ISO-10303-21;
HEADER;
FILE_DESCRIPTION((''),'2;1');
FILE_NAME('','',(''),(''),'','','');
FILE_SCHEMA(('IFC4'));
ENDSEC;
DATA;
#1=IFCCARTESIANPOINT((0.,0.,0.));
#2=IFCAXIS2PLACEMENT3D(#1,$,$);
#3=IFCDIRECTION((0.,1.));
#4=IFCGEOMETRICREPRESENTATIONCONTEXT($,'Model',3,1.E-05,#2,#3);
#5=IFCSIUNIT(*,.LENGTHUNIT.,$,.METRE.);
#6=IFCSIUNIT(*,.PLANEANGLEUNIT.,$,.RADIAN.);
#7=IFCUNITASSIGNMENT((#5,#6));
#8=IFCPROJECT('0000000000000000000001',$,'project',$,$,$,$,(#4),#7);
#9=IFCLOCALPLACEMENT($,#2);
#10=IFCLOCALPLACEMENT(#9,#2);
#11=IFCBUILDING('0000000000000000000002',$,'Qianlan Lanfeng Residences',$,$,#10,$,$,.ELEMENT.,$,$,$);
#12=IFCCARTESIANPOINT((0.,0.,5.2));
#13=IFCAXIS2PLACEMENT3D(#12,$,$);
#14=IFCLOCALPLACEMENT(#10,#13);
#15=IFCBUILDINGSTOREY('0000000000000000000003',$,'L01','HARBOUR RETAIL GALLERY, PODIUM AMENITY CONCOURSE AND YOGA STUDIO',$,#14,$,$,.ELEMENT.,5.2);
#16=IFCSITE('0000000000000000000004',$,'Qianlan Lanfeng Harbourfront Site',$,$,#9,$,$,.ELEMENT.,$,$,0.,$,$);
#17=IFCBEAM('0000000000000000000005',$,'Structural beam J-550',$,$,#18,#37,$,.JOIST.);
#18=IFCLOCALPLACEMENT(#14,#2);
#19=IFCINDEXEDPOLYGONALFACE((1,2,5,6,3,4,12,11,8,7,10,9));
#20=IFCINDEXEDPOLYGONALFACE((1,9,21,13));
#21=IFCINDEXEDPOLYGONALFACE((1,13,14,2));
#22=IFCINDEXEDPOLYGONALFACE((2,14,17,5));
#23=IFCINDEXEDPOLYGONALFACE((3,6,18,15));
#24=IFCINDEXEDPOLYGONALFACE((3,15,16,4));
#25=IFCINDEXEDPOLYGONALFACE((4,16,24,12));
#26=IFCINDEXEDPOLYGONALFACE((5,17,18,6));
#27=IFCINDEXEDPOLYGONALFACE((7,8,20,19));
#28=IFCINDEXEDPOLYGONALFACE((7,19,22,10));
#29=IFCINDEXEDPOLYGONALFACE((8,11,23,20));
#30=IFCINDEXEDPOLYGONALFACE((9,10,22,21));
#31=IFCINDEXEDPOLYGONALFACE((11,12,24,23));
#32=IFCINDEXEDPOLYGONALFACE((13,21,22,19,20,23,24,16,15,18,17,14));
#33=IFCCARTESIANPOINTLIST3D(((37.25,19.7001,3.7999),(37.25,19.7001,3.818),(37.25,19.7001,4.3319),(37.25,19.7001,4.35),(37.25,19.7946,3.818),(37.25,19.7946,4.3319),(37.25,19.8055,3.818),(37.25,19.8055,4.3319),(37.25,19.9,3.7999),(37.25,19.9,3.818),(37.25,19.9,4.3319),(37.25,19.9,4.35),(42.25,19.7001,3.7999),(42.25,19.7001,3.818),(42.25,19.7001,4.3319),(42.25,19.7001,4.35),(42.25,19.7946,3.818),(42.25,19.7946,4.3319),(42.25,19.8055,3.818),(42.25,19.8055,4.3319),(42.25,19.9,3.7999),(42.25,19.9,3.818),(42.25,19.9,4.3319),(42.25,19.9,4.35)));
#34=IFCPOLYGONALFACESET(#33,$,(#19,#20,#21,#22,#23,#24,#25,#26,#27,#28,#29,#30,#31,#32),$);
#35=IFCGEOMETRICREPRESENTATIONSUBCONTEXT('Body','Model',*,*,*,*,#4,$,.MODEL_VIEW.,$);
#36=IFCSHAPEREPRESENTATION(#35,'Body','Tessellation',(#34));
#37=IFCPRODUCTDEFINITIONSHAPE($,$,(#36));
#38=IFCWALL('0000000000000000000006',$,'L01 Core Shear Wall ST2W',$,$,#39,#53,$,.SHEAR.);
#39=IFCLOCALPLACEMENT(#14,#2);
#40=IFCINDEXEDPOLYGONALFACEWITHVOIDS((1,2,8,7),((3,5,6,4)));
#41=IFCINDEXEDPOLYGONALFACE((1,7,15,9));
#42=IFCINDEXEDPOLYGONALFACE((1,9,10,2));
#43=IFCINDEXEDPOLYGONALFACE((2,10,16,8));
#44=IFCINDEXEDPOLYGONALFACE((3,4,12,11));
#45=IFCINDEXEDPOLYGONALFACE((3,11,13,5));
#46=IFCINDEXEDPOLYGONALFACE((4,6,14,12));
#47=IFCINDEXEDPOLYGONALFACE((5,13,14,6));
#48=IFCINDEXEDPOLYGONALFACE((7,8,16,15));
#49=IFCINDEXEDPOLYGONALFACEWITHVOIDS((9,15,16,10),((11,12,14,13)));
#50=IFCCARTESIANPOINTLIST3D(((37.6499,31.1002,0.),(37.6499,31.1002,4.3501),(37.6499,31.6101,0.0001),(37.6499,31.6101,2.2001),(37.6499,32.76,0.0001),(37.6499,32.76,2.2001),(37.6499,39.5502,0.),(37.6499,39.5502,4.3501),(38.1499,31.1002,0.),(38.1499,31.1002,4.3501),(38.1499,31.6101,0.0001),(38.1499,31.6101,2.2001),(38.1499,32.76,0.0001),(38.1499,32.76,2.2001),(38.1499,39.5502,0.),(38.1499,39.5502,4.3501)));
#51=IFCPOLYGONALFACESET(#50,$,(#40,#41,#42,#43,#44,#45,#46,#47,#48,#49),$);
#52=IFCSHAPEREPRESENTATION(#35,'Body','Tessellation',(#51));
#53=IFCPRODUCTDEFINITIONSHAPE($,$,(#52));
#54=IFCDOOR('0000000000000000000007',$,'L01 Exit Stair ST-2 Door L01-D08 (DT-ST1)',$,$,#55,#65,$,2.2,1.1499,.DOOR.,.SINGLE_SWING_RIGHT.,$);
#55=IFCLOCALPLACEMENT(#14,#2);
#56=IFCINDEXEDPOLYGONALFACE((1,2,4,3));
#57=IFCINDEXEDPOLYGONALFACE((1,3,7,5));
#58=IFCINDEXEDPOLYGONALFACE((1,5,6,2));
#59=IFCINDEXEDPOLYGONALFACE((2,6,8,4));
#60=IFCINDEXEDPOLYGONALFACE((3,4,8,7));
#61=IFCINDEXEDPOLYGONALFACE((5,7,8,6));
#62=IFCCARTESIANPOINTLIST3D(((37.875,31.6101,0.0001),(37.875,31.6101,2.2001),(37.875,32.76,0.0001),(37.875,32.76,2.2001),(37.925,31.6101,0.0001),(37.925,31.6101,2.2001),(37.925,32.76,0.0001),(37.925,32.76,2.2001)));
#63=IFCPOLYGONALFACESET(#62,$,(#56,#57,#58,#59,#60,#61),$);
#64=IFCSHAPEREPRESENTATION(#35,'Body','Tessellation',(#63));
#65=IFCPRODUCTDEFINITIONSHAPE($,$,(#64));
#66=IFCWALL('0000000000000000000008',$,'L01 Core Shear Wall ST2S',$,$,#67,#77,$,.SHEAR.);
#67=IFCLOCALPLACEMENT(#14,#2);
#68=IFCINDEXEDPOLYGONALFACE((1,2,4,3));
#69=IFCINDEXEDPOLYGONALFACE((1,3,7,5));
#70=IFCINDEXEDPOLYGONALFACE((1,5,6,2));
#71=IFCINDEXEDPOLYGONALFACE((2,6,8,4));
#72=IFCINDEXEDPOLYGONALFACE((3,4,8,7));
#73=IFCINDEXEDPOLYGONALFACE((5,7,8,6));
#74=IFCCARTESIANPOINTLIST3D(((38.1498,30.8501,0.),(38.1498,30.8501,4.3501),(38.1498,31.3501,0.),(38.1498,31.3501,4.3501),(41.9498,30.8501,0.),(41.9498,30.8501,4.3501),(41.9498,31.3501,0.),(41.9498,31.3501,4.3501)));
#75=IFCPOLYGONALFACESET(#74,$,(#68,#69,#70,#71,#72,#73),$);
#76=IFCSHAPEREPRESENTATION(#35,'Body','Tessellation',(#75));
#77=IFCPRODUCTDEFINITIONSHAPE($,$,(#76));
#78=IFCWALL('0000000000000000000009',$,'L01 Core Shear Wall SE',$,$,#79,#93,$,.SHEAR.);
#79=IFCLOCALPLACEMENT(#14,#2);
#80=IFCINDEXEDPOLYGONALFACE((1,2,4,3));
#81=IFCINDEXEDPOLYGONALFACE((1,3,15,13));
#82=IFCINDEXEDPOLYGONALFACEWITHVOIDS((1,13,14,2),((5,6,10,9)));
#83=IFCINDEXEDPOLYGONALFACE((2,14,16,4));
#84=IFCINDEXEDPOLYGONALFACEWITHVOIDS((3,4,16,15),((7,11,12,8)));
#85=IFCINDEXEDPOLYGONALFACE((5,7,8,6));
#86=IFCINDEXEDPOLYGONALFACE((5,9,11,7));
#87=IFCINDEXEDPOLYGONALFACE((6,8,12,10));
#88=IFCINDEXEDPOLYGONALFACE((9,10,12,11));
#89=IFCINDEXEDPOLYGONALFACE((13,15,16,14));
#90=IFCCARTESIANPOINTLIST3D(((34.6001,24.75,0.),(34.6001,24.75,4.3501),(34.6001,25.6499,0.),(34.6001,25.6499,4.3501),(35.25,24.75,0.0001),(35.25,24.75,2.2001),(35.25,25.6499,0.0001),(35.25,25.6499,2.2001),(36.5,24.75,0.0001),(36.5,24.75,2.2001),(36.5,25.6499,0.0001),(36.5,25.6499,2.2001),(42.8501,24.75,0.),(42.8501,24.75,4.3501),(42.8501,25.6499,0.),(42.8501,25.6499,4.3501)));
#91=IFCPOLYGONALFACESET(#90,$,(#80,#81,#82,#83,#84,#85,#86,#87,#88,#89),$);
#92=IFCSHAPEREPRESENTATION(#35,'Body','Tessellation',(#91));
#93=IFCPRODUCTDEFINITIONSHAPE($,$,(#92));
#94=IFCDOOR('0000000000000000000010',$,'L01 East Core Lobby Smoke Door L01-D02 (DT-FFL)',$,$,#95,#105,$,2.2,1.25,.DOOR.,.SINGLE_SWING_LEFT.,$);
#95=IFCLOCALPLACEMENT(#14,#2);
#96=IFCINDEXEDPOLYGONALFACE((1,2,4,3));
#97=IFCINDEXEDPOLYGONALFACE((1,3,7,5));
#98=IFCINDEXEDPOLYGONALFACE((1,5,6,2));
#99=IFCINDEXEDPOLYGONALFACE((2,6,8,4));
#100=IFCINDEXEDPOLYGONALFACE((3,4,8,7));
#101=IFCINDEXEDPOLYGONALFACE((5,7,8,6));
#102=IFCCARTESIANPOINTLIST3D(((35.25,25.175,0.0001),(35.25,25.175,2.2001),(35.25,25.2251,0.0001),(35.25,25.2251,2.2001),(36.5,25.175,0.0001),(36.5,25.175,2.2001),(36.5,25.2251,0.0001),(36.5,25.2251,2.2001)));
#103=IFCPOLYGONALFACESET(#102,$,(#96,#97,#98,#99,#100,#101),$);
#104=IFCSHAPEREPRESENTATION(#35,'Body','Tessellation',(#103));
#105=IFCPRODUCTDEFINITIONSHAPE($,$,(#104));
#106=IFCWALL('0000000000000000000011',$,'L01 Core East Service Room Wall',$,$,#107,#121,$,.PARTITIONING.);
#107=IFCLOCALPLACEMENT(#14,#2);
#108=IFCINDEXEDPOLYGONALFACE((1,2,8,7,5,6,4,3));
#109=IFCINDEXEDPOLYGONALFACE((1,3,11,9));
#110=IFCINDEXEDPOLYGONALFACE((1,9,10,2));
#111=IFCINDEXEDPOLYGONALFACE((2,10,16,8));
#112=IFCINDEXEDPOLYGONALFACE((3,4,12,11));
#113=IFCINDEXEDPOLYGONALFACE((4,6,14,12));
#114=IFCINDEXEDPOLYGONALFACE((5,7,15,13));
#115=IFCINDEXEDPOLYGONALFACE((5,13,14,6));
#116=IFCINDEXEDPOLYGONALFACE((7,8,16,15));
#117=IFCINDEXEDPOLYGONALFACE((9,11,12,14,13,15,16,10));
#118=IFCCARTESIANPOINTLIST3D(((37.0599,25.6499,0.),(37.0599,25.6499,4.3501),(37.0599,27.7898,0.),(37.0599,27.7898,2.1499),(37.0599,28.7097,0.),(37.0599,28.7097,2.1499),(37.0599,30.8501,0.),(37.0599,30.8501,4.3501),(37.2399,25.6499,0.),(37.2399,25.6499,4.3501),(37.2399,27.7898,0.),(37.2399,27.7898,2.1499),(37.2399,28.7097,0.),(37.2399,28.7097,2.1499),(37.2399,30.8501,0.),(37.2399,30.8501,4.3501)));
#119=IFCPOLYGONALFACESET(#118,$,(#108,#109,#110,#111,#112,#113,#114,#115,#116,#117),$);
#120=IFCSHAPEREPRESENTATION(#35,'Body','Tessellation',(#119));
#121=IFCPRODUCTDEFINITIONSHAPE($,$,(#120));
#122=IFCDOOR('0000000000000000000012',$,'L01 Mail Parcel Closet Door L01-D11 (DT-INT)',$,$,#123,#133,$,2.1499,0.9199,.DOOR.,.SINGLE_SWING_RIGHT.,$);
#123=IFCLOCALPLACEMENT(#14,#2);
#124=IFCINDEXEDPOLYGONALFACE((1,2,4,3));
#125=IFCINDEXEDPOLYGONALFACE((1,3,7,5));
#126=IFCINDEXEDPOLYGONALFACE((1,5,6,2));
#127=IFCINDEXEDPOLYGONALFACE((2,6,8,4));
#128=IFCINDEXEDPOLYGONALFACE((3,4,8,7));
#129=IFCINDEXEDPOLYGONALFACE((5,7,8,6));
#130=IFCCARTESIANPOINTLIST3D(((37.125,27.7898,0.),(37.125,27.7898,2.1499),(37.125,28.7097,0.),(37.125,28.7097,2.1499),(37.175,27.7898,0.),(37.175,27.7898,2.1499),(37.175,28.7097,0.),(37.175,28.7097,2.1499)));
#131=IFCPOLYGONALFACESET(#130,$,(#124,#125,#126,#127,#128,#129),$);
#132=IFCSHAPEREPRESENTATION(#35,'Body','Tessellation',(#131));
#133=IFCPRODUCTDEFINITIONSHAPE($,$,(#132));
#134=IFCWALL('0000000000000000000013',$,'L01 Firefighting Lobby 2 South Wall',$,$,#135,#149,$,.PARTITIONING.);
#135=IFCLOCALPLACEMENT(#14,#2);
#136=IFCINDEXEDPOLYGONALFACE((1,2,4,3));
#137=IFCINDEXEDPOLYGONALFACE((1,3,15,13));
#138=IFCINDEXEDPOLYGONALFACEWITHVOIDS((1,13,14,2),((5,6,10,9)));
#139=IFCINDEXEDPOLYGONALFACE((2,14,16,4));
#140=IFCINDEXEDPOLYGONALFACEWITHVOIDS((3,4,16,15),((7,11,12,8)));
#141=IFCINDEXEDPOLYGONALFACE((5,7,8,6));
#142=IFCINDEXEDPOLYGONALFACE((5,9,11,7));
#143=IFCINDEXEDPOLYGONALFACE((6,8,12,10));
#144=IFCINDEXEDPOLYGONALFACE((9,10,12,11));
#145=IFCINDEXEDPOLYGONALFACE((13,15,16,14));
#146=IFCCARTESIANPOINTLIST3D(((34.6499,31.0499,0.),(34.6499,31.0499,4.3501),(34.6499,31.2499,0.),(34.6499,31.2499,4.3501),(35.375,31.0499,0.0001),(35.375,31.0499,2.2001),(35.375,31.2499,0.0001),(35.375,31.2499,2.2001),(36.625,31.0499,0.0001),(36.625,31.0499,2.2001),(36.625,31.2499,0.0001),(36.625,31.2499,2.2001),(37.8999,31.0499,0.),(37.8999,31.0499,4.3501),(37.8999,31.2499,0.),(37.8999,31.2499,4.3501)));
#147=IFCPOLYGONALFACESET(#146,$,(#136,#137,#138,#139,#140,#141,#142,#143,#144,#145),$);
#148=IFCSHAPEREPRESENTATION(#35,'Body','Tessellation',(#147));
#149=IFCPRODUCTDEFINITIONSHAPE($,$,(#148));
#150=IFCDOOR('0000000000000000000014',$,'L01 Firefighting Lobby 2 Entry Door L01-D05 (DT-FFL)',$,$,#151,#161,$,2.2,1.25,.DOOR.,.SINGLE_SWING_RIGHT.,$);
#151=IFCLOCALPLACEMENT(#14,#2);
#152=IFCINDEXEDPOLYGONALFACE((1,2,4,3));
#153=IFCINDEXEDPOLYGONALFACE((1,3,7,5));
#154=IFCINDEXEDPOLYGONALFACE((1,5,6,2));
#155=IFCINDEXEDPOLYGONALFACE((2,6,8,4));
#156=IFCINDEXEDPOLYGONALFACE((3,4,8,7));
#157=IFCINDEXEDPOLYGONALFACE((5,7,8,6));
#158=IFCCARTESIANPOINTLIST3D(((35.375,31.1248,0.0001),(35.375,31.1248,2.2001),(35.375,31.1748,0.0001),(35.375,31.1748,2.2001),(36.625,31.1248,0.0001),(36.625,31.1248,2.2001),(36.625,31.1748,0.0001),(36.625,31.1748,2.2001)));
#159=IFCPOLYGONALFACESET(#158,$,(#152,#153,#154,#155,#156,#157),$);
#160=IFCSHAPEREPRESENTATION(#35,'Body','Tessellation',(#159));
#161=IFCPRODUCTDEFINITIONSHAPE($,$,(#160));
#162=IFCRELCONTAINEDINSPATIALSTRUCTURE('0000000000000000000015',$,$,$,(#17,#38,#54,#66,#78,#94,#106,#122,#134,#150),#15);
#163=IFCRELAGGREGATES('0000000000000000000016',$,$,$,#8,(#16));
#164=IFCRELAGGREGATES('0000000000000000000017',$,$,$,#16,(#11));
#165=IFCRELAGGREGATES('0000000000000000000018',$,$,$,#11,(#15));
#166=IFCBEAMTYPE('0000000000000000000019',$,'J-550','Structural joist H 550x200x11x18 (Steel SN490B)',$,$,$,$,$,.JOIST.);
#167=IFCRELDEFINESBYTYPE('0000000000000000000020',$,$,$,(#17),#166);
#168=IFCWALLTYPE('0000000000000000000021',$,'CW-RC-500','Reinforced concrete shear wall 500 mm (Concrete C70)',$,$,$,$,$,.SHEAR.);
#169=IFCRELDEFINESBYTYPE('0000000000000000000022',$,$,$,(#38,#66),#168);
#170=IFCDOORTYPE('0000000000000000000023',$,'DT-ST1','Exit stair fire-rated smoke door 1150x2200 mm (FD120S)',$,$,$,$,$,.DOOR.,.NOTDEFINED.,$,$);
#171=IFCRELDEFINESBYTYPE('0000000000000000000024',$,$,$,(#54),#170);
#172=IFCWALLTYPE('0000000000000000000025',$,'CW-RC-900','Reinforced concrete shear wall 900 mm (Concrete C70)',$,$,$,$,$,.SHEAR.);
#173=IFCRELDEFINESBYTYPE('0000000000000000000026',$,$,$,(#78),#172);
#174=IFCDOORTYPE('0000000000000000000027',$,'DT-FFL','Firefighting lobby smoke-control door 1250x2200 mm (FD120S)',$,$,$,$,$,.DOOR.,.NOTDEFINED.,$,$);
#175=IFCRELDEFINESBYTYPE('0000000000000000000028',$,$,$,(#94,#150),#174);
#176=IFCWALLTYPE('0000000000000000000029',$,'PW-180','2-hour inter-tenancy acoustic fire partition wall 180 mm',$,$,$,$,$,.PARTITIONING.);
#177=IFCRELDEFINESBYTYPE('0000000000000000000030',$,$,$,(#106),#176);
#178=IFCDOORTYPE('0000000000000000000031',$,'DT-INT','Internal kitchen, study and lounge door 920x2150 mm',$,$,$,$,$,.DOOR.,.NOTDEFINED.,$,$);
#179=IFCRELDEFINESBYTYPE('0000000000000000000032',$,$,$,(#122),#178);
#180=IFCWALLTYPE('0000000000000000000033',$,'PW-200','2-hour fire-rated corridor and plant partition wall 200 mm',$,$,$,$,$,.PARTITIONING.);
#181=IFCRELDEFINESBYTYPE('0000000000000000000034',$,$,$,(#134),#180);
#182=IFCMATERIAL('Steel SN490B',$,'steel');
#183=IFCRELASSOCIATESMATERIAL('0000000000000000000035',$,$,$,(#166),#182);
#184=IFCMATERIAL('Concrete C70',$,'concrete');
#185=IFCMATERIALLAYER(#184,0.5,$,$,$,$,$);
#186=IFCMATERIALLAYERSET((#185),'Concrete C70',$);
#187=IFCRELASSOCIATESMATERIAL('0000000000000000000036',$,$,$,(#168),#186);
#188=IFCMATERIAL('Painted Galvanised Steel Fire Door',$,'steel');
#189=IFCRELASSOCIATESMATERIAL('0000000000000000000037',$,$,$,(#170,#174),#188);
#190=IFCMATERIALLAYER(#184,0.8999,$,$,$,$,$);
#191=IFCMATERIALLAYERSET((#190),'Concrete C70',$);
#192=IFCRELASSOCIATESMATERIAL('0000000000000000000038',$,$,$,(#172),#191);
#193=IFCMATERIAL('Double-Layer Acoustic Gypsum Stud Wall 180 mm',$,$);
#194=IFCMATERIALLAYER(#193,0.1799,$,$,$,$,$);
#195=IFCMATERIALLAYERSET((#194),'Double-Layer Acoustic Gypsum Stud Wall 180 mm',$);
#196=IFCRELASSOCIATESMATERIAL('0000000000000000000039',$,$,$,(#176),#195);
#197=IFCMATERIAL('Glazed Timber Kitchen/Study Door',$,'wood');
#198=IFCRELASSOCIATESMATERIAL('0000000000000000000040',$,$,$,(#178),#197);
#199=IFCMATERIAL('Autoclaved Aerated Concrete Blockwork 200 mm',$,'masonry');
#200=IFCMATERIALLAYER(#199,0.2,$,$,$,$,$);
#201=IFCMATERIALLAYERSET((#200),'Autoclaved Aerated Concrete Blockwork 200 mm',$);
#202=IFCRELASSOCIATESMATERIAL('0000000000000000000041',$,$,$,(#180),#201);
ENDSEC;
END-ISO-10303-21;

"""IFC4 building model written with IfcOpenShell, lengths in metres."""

from ifc_helpers import new_model, si_unit, direction, frame, frame_2d, origin, origin_2d, place, context, subcontext, project, spatial, rectangle, i_section, extrude, material, layer, layer_set, material_profile, profile_set, type_object, element, fill, save


model = new_model("IFC4")

# Units and contexts
model_context = context("Model", 3, precision=1e-05, world=origin(), true_north=direction((0.0, 1.0)))
body_context = subcontext(model_context, "Body", "Model", "MODEL_VIEW")
ifc_project = project(units=[si_unit("LENGTHUNIT", "METRE"), si_unit("PLANEANGLEUNIT", "RADIAN")], contexts=[model_context])

# Site, building, storey
site_placement = place(None, origin())
site = spatial("IfcSite", under=ifc_project, at=site_placement, Name="Qianlan Lanfeng Harbourfront Site", CompositionType="ELEMENT", RefElevation=0.0)
building_placement = place(site_placement, origin())
building = spatial("IfcBuilding", under=site, at=building_placement, Name="Qianlan Lanfeng Residences", CompositionType="ELEMENT")
storey_placement = place(building_placement, frame((0.0, 0.0, 5.2)))
storey = spatial("IfcBuildingStorey", under=building, at=storey_placement, Name="L01", Description="HARBOUR RETAIL GALLERY, PODIUM AMENITY CONCOURSE AND YOGA STUDIO", CompositionType="ELEMENT", Elevation=5.2)

# Beam
ifc_material_1 = material(Name="Steel SN490B", Category="steel")
ifc_material_profile = material_profile(ifc_material_1, i_section(OverallWidth=0.2, OverallDepth=0.55, WebThickness=0.011, FlangeThickness=0.0181, at=origin_2d()), Name="H 550x200x11x18")
ifc_profile_set = profile_set([ifc_material_profile], Name="Steel SN490B")
beam_type = type_object("IfcBeamType", Name="J-550", Description="Structural joist H 550x200x11x18 (Steel SN490B)", PredefinedType="JOIST", material=ifc_profile_set)
beam_placement = place(storey_placement, frame((37.25, 19.8, 4.075), z_axis=(1.0, 0.0, 0.0), x_axis=(0.0, 1.0, 0.0)))
element("IfcBeam", 1, at=beam_placement, inside=storey, type_object=beam_type, Name="Structural beam J-550", PredefinedType="JOIST", context=body_context, shape_type="SweptSolid", body=[
    extrude(i_section(OverallWidth=0.2, OverallDepth=0.55, WebThickness=0.011, FlangeThickness=0.0181, at=origin_2d()), origin(), (0.0, 0.0, 1.0), 5.0),
])

# Wall, opening, door
ifc_material_2 = material(Name="Concrete C70", Category="concrete")
ifc_layer_1 = layer(ifc_material_2, 0.5)
ifc_layer_set_1 = layer_set([ifc_layer_1], Name="Concrete C70")
wall_type_1 = type_object("IfcWallType", Name="CW-RC-500", Description="Reinforced concrete shear wall 500 mm (Concrete C70)", PredefinedType="SHEAR", material=ifc_layer_set_1)
wall_1_placement = place(storey_placement, frame((37.8999, 31.1001, 0.0), z_axis=(0.0, 0.0, 1.0), x_axis=(0.0, 1.0, 0.0)))
wall_1 = element("IfcWall", 2, at=wall_1_placement, inside=storey, type_object=wall_type_1, Name="L01 Core Shear Wall ST2W", PredefinedType="SHEAR", context=body_context, shape_type="SweptSolid", body=[
    extrude(rectangle(XDim=8.45, YDim=0.5, at=frame_2d((4.2251, 0.0))), origin(), (0.0, 0.0, 1.0), 4.3501),
])
opening_1_placement = place(wall_1_placement, frame((0.51, 0.0, 0.0)))
opening_1 = element("IfcOpeningElement", 3, at=opening_1_placement, cuts=wall_1, PredefinedType="OPENING", context=body_context, shape_type="SweptSolid", body=[
    extrude(rectangle(XDim=1.1499, YDim=2.2, at=frame_2d((0.575, 1.1001))), frame((0.0, 0.26, 0.0), z_axis=(0.0, -1.0, 0.0), x_axis=(1.0, 0.0, 0.0)), (0.0, 0.0, 1.0), 0.52),
])
ifc_material_3 = material(Name="Painted Galvanised Steel Fire Door", Category="steel")
door_type_1 = type_object("IfcDoorType", Name="DT-ST1", Description="Exit stair fire-rated smoke door 1150x2200 mm (FD120S)", OperationType="NOTDEFINED", PredefinedType="DOOR", material=ifc_material_3)
door_1_placement = place(opening_1_placement, origin())
door_1 = element("IfcDoor", 4, at=door_1_placement, inside=storey, type_object=door_type_1, Name="L01 Exit Stair ST-2 Door L01-D08 (DT-ST1)", OperationType="SINGLE_SWING_RIGHT", OverallHeight=2.2, OverallWidth=1.1499, PredefinedType="DOOR", context=body_context, shape_type="SweptSolid", body=[
    extrude(rectangle(XDim=1.1499, YDim=2.2, at=frame_2d((0.575, 1.1001))), frame((0.0, 0.0249, 0.0), z_axis=(0.0, -1.0, 0.0), x_axis=(1.0, 0.0, 0.0)), (0.0, 0.0, 1.0), 0.05),
])
fill(opening_1, door_1)

# Wall
wall_2_placement = place(storey_placement, frame((38.1499, 31.1001, 0.0), z_axis=(0.0, 0.0, 1.0), x_axis=(1.0, 0.0, 0.0)))
element("IfcWall", 5, at=wall_2_placement, inside=storey, type_object=wall_type_1, Name="L01 Core Shear Wall ST2S", PredefinedType="SHEAR", context=body_context, shape_type="SweptSolid", body=[
    extrude(rectangle(XDim=3.8, YDim=0.5, at=frame_2d((1.8999, 0.0))), origin(), (0.0, 0.0, 1.0), 4.3501),
])

# Walls, openings, doors
ifc_layer_2 = layer(ifc_material_2, 0.8999)
ifc_layer_set_2 = layer_set([ifc_layer_2], Name="Concrete C70")
wall_type_2 = type_object("IfcWallType", Name="CW-RC-900", Description="Reinforced concrete shear wall 900 mm (Concrete C70)", PredefinedType="SHEAR", material=ifc_layer_set_2)
wall_3_placement = place(storey_placement, frame((34.6001, 25.2, 0.0), z_axis=(0.0, 0.0, 1.0), x_axis=(1.0, 0.0, 0.0)))
wall_3 = element("IfcWall", 6, at=wall_3_placement, inside=storey, type_object=wall_type_2, Name="L01 Core Shear Wall SE", PredefinedType="SHEAR", context=body_context, shape_type="SweptSolid", body=[
    extrude(rectangle(XDim=8.25, YDim=0.8999, at=frame_2d((4.125, 0.0))), origin(), (0.0, 0.0, 1.0), 4.3501),
])
opening_2_placement = place(wall_3_placement, frame((0.6499, 0.0, 0.0)))
opening_2 = element("IfcOpeningElement", 7, at=opening_2_placement, cuts=wall_3, PredefinedType="OPENING", context=body_context, shape_type="SweptSolid", body=[
    extrude(rectangle(XDim=1.25, YDim=2.2, at=frame_2d((0.625, 1.1001))), frame((0.0, 0.46, 0.0), z_axis=(0.0, -1.0, 0.0), x_axis=(1.0, 0.0, 0.0)), (0.0, 0.0, 1.0), 0.9199),
])
door_type_2 = type_object("IfcDoorType", Name="DT-FFL", Description="Firefighting lobby smoke-control door 1250x2200 mm (FD120S)", OperationType="NOTDEFINED", PredefinedType="DOOR", material=ifc_material_3)
door_2_placement = place(opening_2_placement, frame((1.25, 0.0, 0.0), z_axis=(0.0, 0.0, 1.0), x_axis=(-1.0, 0.0, 0.0)))
door_2 = element("IfcDoor", 8, at=door_2_placement, inside=storey, type_object=door_type_2, Name="L01 East Core Lobby Smoke Door L01-D02 (DT-FFL)", OperationType="SINGLE_SWING_LEFT", OverallHeight=2.2, OverallWidth=1.25, PredefinedType="DOOR", context=body_context, shape_type="SweptSolid", body=[
    extrude(rectangle(XDim=1.25, YDim=2.2, at=frame_2d((0.625, 1.1001))), frame((0.0, 0.0249, 0.0), z_axis=(0.0, -1.0, 0.0), x_axis=(1.0, 0.0, 0.0)), (0.0, 0.0, 1.0), 0.05),
])
fill(opening_2, door_2)
ifc_material_4 = material(Name="Double-Layer Acoustic Gypsum Stud Wall 180 mm")
ifc_layer_3 = layer(ifc_material_4, 0.1799)
ifc_layer_set_3 = layer_set([ifc_layer_3], Name="Double-Layer Acoustic Gypsum Stud Wall 180 mm")
wall_type_3 = type_object("IfcWallType", Name="PW-180", Description="2-hour inter-tenancy acoustic fire partition wall 180 mm", PredefinedType="PARTITIONING", material=ifc_layer_set_3)
wall_4_placement = place(storey_placement, frame((37.1499, 25.6499, 0.0), z_axis=(0.0, 0.0, 1.0), x_axis=(0.0, 1.0, 0.0)))
wall_4 = element("IfcWall", 9, at=wall_4_placement, inside=storey, type_object=wall_type_3, Name="L01 Core East Service Room Wall", PredefinedType="PARTITIONING", context=body_context, shape_type="SweptSolid", body=[
    extrude(rectangle(XDim=5.2002, YDim=0.1799, at=frame_2d((2.6001, 0.0))), origin(), (0.0, 0.0, 1.0), 4.3501),
])
opening_3_placement = place(wall_4_placement, frame((2.1399, 0.0, 0.0)))
opening_3 = element("IfcOpeningElement", 10, at=opening_3_placement, cuts=wall_4, PredefinedType="OPENING", context=body_context, shape_type="SweptSolid", body=[
    extrude(rectangle(XDim=0.9199, YDim=2.1499, at=frame_2d((0.46, 1.075))), frame((0.0, 0.1001, 0.0), z_axis=(0.0, -1.0, 0.0), x_axis=(1.0, 0.0, 0.0)), (0.0, 0.0, 1.0), 0.2),
])
ifc_material_5 = material(Name="Glazed Timber Kitchen/Study Door", Category="wood")
door_type_3 = type_object("IfcDoorType", Name="DT-INT", Description="Internal kitchen, study and lounge door 920x2150 mm", OperationType="NOTDEFINED", PredefinedType="DOOR", material=ifc_material_5)
door_3_placement = place(opening_3_placement, origin())
door_3 = element("IfcDoor", 11, at=door_3_placement, inside=storey, type_object=door_type_3, Name="L01 Mail Parcel Closet Door L01-D11 (DT-INT)", OperationType="SINGLE_SWING_RIGHT", OverallHeight=2.1499, OverallWidth=0.9199, PredefinedType="DOOR", context=body_context, shape_type="SweptSolid", body=[
    extrude(rectangle(XDim=0.9199, YDim=2.1499, at=frame_2d((0.46, 1.075))), frame((0.0, 0.0249, 0.0), z_axis=(0.0, -1.0, 0.0), x_axis=(1.0, 0.0, 0.0)), (0.0, 0.0, 1.0), 0.05),
])
fill(opening_3, door_3)
ifc_material_6 = material(Name="Autoclaved Aerated Concrete Blockwork 200 mm", Category="masonry")
ifc_layer_4 = layer(ifc_material_6, 0.2)
ifc_layer_set_4 = layer_set([ifc_layer_4], Name="Autoclaved Aerated Concrete Blockwork 200 mm")
wall_type_4 = type_object("IfcWallType", Name="PW-200", Description="2-hour fire-rated corridor and plant partition wall 200 mm", PredefinedType="PARTITIONING", material=ifc_layer_set_4)
wall_5_placement = place(storey_placement, frame((34.6499, 31.1499, 0.0), z_axis=(0.0, 0.0, 1.0), x_axis=(1.0, 0.0, 0.0)))
wall_5 = element("IfcWall", 12, at=wall_5_placement, inside=storey, type_object=wall_type_4, Name="L01 Firefighting Lobby 2 South Wall", PredefinedType="PARTITIONING", context=body_context, shape_type="SweptSolid", body=[
    extrude(rectangle(XDim=3.25, YDim=0.2, at=frame_2d((1.625, 0.0))), origin(), (0.0, 0.0, 1.0), 4.3501),
])
opening_4_placement = place(wall_5_placement, frame((0.7251, 0.0, 0.0)))
opening_4 = element("IfcOpeningElement", 13, at=opening_4_placement, cuts=wall_5, PredefinedType="OPENING", context=body_context, shape_type="SweptSolid", body=[
    extrude(rectangle(XDim=1.25, YDim=2.2, at=frame_2d((0.625, 1.1001))), frame((0.0, 0.1099, 0.0), z_axis=(0.0, -1.0, 0.0), x_axis=(1.0, 0.0, 0.0)), (0.0, 0.0, 1.0), 0.22),
])
door_4_placement = place(opening_4_placement, origin())
door_4 = element("IfcDoor", 14, at=door_4_placement, inside=storey, type_object=door_type_2, Name="L01 Firefighting Lobby 2 Entry Door L01-D05 (DT-FFL)", OperationType="SINGLE_SWING_RIGHT", OverallHeight=2.2, OverallWidth=1.25, PredefinedType="DOOR", context=body_context, shape_type="SweptSolid", body=[
    extrude(rectangle(XDim=1.25, YDim=2.2, at=frame_2d((0.625, 1.1001))), frame((0.0, 0.0249, 0.0), z_axis=(0.0, -1.0, 0.0), x_axis=(1.0, 0.0, 0.0)), (0.0, 0.0, 1.0), 0.05),
])
fill(opening_4, door_4)

save(model, "model.ifc")
